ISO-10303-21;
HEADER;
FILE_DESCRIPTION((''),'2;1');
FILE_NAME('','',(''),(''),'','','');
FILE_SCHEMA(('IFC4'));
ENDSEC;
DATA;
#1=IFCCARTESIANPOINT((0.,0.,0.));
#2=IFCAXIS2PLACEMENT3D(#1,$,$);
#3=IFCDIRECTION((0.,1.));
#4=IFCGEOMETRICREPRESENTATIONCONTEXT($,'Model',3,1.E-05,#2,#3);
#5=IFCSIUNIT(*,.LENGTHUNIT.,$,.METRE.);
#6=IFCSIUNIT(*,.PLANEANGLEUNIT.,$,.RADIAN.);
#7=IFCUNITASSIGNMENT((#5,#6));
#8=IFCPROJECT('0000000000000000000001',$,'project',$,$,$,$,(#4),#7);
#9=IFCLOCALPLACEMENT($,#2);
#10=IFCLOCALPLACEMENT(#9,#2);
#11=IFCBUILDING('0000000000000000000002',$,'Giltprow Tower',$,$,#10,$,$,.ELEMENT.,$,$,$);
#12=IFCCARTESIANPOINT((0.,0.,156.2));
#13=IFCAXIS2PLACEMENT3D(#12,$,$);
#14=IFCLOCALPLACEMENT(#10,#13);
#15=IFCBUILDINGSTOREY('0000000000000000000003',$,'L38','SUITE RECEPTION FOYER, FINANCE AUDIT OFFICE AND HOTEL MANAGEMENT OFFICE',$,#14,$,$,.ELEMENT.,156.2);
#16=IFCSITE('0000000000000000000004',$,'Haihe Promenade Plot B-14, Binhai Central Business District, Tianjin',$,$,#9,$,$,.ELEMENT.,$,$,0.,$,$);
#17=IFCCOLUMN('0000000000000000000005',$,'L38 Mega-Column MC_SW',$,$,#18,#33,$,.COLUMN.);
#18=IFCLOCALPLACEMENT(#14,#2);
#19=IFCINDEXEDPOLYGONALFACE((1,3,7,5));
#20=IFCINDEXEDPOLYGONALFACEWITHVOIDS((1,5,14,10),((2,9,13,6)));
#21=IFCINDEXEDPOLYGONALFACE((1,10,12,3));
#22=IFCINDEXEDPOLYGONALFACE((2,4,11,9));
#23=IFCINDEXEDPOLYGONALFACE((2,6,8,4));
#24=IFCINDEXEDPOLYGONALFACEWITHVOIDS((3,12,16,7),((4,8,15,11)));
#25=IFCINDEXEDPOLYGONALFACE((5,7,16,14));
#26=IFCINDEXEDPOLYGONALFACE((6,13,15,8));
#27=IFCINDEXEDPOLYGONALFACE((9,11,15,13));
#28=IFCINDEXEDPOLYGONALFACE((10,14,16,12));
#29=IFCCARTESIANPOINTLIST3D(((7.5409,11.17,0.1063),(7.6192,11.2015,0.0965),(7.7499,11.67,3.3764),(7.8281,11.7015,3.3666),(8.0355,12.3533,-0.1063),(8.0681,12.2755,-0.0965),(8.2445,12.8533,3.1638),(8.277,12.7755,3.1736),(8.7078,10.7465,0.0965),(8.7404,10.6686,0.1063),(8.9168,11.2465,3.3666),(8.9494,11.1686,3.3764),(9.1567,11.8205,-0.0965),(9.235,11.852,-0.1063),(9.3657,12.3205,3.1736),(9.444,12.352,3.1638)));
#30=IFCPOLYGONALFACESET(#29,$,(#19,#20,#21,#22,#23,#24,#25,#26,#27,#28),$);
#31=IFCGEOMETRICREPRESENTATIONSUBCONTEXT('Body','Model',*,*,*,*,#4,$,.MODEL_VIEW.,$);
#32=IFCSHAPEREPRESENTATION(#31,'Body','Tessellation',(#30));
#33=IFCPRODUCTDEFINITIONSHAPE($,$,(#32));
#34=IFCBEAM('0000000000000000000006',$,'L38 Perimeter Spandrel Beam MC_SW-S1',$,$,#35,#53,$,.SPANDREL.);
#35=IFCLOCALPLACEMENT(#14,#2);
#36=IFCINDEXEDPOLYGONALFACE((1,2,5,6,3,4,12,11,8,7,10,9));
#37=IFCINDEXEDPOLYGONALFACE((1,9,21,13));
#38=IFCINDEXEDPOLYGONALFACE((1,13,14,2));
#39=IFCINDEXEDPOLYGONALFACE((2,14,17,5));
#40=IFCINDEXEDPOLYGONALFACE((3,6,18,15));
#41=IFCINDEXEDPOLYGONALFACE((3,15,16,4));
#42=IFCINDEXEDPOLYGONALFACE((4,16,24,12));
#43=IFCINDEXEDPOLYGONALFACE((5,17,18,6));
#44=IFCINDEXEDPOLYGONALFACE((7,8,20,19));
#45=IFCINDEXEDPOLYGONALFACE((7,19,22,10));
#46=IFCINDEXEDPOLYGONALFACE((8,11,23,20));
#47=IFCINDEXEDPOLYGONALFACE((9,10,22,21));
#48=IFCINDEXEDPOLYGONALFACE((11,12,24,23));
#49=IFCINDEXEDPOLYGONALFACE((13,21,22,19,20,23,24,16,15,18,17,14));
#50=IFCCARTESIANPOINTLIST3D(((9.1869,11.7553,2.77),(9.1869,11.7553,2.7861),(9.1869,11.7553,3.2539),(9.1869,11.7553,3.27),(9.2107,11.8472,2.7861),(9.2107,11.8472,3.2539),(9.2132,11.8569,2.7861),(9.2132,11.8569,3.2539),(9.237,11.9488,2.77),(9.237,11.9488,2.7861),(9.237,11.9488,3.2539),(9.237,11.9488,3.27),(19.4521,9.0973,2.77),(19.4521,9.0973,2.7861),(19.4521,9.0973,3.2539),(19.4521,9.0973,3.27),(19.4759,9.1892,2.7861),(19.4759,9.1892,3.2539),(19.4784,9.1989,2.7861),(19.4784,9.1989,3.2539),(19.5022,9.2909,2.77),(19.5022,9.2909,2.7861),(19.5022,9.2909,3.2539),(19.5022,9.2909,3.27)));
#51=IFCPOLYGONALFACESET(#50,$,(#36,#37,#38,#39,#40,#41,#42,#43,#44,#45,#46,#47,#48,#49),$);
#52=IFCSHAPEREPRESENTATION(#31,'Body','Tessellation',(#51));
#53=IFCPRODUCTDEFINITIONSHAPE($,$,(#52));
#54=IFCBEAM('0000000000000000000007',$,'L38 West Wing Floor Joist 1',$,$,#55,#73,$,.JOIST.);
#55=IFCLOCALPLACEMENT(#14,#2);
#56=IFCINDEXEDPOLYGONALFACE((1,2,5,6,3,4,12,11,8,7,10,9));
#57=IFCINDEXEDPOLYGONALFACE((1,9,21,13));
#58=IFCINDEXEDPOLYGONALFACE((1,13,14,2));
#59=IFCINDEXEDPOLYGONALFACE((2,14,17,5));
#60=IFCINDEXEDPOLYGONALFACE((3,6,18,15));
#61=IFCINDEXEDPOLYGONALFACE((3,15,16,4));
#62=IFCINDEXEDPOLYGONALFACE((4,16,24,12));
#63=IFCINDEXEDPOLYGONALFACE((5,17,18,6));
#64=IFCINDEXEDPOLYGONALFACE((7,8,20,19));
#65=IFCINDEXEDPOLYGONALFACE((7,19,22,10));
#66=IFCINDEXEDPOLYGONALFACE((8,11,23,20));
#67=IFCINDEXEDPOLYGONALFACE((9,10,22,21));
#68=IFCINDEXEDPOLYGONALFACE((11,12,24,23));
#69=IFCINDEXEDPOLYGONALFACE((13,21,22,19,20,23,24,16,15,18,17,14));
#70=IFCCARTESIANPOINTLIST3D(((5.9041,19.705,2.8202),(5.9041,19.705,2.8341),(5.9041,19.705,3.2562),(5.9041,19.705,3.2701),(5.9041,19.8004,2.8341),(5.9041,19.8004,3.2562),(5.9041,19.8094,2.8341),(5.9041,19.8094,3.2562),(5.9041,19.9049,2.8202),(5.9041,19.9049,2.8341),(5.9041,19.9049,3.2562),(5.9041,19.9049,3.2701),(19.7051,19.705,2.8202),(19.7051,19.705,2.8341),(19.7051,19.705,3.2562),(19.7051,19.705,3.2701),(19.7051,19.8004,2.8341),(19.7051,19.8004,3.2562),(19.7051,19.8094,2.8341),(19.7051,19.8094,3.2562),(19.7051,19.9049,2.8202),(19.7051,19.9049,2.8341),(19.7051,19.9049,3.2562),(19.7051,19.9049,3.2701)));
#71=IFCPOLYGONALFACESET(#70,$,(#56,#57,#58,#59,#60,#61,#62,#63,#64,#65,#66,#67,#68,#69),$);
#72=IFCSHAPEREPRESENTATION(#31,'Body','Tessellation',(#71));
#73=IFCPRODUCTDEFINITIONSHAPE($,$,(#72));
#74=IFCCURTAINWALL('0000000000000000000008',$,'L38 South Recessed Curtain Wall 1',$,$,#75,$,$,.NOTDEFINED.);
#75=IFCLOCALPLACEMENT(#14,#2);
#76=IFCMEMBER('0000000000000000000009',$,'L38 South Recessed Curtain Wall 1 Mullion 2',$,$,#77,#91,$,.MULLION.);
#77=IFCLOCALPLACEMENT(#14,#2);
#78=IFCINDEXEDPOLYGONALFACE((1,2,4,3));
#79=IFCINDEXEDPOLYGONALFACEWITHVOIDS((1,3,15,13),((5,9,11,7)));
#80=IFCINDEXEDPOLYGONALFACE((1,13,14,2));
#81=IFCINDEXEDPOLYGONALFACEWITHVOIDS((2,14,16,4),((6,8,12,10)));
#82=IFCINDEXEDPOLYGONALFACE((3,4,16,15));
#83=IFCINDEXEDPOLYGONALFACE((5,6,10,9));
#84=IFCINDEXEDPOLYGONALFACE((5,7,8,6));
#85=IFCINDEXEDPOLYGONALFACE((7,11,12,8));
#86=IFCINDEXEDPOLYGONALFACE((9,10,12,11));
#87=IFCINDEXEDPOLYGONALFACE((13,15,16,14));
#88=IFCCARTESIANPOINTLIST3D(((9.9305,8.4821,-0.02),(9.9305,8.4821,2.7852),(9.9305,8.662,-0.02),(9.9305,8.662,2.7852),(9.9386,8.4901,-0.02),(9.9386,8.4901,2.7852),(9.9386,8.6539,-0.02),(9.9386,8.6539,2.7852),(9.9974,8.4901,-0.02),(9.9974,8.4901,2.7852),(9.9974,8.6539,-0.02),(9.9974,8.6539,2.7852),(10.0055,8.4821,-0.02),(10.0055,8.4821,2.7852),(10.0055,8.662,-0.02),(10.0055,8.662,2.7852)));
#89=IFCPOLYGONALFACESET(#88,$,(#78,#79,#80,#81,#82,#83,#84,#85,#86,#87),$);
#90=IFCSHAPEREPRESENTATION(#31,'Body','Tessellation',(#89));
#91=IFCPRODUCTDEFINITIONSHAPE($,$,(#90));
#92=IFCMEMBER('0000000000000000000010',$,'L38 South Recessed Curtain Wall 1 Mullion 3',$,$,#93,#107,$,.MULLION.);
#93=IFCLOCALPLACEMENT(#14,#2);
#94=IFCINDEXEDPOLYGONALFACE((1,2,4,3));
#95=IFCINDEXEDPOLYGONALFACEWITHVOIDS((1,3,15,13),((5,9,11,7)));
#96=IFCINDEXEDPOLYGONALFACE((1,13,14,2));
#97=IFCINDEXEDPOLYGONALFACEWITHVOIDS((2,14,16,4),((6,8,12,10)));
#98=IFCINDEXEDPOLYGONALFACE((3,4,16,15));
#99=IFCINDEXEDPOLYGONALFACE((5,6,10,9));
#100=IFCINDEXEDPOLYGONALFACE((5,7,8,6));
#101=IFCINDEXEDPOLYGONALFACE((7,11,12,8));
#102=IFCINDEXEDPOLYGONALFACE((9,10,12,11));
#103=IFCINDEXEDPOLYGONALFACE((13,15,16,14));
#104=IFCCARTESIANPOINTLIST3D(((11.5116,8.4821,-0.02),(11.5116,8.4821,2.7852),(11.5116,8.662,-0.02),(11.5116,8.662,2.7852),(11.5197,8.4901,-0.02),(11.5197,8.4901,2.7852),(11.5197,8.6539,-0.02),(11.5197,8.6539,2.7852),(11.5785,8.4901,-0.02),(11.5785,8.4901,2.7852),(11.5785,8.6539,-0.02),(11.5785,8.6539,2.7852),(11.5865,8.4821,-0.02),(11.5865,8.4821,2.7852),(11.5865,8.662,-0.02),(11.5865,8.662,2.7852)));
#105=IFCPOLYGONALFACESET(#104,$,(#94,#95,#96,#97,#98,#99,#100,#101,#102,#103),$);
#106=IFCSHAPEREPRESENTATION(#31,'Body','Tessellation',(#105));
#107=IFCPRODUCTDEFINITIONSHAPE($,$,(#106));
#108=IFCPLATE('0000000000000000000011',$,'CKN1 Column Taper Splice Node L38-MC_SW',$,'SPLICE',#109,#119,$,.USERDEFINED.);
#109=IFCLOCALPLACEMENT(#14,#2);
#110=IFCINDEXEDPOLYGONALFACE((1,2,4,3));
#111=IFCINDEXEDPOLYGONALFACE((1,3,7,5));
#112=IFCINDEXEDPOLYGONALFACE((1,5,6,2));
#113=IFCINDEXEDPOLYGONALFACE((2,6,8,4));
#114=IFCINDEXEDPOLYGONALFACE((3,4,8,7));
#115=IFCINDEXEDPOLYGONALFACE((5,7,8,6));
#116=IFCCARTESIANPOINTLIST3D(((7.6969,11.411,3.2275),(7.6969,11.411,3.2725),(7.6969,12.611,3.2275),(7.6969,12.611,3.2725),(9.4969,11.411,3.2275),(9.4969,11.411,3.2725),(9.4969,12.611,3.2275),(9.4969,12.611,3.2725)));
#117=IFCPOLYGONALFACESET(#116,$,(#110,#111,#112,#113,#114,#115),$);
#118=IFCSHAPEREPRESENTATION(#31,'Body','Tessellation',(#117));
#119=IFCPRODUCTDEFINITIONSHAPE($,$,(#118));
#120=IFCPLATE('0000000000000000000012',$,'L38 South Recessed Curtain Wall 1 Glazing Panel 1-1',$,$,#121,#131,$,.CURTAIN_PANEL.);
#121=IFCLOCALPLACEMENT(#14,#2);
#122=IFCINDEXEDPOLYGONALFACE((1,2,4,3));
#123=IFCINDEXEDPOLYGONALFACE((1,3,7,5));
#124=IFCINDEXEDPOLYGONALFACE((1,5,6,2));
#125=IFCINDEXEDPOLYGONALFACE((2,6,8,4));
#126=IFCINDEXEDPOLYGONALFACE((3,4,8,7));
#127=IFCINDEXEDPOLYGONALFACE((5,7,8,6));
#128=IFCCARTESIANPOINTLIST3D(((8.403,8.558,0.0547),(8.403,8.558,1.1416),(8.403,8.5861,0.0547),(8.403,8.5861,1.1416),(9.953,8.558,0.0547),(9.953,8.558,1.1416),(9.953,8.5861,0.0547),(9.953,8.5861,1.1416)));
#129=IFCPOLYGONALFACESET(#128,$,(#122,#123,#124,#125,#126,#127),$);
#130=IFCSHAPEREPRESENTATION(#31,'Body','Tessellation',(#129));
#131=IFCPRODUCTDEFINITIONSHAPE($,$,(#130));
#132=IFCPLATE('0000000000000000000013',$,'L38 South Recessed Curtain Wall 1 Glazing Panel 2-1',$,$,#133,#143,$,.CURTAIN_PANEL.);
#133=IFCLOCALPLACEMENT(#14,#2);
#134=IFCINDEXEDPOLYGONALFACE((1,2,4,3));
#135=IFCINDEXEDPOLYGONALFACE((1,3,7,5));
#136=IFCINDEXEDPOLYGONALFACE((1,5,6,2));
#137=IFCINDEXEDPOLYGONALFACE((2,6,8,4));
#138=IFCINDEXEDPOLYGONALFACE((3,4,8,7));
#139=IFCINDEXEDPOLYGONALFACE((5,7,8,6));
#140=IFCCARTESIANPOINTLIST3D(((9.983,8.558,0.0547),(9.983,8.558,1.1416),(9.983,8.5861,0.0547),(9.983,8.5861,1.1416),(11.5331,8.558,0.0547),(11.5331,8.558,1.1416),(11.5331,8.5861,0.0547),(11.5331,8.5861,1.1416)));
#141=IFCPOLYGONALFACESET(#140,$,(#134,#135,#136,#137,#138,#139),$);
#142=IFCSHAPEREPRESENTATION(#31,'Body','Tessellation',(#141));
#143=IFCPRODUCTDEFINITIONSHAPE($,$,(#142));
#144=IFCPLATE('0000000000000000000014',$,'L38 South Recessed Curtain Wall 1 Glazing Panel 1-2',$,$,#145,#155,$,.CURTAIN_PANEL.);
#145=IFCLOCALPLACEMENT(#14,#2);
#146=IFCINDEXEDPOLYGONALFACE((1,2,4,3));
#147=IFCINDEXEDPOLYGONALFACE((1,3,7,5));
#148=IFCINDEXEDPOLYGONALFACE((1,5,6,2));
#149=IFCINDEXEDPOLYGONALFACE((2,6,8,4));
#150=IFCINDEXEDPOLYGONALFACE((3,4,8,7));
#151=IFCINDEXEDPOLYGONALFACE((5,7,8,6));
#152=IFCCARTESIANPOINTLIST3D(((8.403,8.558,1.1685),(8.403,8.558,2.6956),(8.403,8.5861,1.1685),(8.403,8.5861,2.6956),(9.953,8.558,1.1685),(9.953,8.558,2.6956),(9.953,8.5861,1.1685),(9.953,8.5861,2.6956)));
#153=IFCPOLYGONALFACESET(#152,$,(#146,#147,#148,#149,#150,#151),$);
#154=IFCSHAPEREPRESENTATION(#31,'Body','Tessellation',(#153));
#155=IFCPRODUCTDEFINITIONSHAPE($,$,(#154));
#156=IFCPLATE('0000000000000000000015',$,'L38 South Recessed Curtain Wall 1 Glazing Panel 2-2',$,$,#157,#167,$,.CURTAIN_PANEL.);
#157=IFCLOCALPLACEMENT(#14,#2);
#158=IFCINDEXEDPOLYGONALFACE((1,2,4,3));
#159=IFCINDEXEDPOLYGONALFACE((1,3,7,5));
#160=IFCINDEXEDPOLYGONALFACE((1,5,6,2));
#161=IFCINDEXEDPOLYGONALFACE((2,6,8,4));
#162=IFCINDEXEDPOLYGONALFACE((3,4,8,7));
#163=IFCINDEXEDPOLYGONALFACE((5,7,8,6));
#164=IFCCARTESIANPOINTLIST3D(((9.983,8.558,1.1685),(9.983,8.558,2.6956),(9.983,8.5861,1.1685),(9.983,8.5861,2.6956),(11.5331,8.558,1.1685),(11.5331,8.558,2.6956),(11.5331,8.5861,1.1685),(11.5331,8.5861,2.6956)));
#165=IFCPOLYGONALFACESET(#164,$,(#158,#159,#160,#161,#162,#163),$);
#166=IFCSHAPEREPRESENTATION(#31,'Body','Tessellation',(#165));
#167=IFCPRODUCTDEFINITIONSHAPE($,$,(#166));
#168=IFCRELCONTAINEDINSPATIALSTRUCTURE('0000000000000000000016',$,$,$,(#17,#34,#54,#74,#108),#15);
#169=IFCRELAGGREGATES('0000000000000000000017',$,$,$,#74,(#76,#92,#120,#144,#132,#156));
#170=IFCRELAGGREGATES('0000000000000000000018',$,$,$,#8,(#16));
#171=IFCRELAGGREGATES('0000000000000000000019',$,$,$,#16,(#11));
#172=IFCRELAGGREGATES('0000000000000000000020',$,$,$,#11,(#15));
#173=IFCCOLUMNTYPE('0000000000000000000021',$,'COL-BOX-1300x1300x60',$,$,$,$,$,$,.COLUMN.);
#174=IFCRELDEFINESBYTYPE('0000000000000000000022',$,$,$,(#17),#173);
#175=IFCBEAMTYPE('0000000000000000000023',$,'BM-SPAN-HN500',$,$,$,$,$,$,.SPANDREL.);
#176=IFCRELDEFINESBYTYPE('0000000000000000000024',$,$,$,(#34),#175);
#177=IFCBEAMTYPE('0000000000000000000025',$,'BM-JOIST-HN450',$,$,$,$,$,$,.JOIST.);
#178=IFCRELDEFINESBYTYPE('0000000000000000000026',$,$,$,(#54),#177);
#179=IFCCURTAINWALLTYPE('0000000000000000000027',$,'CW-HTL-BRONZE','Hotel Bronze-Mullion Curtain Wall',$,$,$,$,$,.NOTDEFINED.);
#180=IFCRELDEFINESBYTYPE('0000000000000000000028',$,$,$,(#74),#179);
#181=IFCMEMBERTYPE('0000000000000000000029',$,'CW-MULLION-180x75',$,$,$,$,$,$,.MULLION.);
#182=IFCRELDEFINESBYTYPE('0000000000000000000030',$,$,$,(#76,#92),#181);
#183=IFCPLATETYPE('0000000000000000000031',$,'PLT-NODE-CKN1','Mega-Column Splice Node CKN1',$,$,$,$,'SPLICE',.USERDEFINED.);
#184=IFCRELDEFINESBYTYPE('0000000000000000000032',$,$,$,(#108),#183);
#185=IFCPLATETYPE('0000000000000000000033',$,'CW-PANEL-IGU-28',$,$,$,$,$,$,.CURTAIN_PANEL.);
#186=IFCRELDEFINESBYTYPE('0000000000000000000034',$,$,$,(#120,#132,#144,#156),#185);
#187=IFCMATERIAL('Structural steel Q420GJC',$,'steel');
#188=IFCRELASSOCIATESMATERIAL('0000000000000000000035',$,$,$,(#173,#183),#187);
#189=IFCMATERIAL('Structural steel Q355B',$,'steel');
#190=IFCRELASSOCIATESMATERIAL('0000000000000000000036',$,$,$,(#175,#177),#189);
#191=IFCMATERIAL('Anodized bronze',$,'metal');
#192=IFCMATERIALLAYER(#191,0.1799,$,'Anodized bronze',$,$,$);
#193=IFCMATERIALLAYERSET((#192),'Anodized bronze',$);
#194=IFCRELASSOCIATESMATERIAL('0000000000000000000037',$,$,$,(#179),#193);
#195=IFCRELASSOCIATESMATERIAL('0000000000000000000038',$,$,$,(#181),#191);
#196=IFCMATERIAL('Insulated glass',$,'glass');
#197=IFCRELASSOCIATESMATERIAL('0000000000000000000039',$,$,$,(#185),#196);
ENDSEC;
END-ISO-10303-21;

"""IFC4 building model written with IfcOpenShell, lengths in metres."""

from ifc_helpers import new_model, si_unit, direction, frame, origin, origin_2d, place, context, subcontext, project, spatial, rectangle, hollow_rectangle, i_section, extrude, source, transform, mapped, material, layer, layer_set, material_profile, profile_set, type_object, element, aggregate, save


model = new_model("IFC4")

# Units and contexts
model_context = context("Model", 3, precision=1e-05, world=origin(), true_north=direction((0.0, 1.0)))
body_context = subcontext(model_context, "Body", "Model", "MODEL_VIEW")
ifc_project = project(units=[si_unit("LENGTHUNIT", "METRE"), si_unit("PLANEANGLEUNIT", "RADIAN")], contexts=[model_context])

# Site, building, storey
site_placement = place(None, origin())
site = spatial("IfcSite", under=ifc_project, at=site_placement, Name="Haihe Promenade Plot B-14, Binhai Central Business District, Tianjin", CompositionType="ELEMENT", RefElevation=0.0)
building_placement = place(site_placement, origin())
building = spatial("IfcBuilding", under=site, at=building_placement, Name="Giltprow Tower", CompositionType="ELEMENT")
storey_placement = place(building_placement, frame((0.0, 0.0, 156.2)))
storey = spatial("IfcBuildingStorey", under=building, at=storey_placement, Name="L38", Description="SUITE RECEPTION FOYER, FINANCE AUDIT OFFICE AND HOTEL MANAGEMENT OFFICE", CompositionType="ELEMENT", Elevation=156.2)

# Column
ifc_material_1 = material(Name="Structural steel Q420GJC", Category="steel")
ifc_material_profile_1 = material_profile(ifc_material_1, hollow_rectangle(XDim=1.3, YDim=1.3, WallThickness=0.0601, at=origin_2d()), Name="BOX 1300x1300x60")
ifc_profile_set_1 = profile_set([ifc_material_profile_1], Name="Structural steel Q420GJC")
column_type = type_object("IfcColumnType", Name="COL-BOX-1300x1300x60", PredefinedType="COLUMN", material=ifc_profile_set_1)
shared_shape_1 = source(origin(), body_context, "Body", "SweptSolid", [
    extrude(hollow_rectangle(XDim=1.3, YDim=1.3, WallThickness=0.0601, at=origin_2d()), origin(), (0.0, 0.0, 1.0), 3.3147),
])
column_placement = place(storey_placement, frame((8.3879, 11.511, 0.0), z_axis=(0.063049, 0.150847, 0.986544), x_axis=(-0.92265, 0.385639, 0.0)))
element("IfcColumn", 1, at=column_placement, inside=storey, type_object=column_type, Name="L38 Mega-Column MC_SW", PredefinedType="COLUMN", context=body_context, shape_type="MappedRepresentation", body=[
    mapped(shared_shape_1, transform((0.0, 0.0, 0.0), x_axis=(1.0, 0.0, 0.0), y_axis=(0.0, 1.0, 0.0), z_axis=(0.0, 0.0, 1.0), scale=1.0)),
])

# Beams
ifc_material_2 = material(Name="Structural steel Q355B", Category="steel")
ifc_material_profile_2 = material_profile(ifc_material_2, i_section(OverallWidth=0.2, OverallDepth=0.5, WebThickness=0.01, FlangeThickness=0.0161, at=origin_2d()), Name="HN 500x200x10x16")
ifc_profile_set_2 = profile_set([ifc_material_profile_2], Name="Structural steel Q355B")
beam_type_1 = type_object("IfcBeamType", Name="BM-SPAN-HN500", PredefinedType="SPANDREL", material=ifc_profile_set_2)
shared_shape_2 = source(origin(), body_context, "Body", "SweptSolid", [
    extrude(i_section(OverallWidth=0.2, OverallDepth=0.5, WebThickness=0.01, FlangeThickness=0.0161, at=origin_2d()), origin(), (0.0, 0.0, 1.0), 10.6038),
])
beam_1_placement = place(storey_placement, frame((9.2119, 11.8521, 3.02), z_axis=(0.968074, -0.250664, 0.0), x_axis=(0.250664, 0.968074, 0.0)))
element("IfcBeam", 2, at=beam_1_placement, inside=storey, type_object=beam_type_1, Name="L38 Perimeter Spandrel Beam MC_SW-S1", PredefinedType="SPANDREL", context=body_context, shape_type="MappedRepresentation", body=[
    mapped(shared_shape_2, transform((0.0, 0.0, 0.0), x_axis=(1.0, 0.0, 0.0), y_axis=(0.0, 1.0, 0.0), z_axis=(0.0, 0.0, 1.0), scale=1.0)),
])
ifc_material_profile_3 = material_profile(ifc_material_2, i_section(OverallWidth=0.2, OverallDepth=0.45, WebThickness=0.009, FlangeThickness=0.0139, at=origin_2d()), Name="HN 450x200x9x14")
ifc_profile_set_3 = profile_set([ifc_material_profile_3], Name="Structural steel Q355B")
beam_type_2 = type_object("IfcBeamType", Name="BM-JOIST-HN450", PredefinedType="JOIST", material=ifc_profile_set_3)
shared_shape_3 = source(origin(), body_context, "Body", "SweptSolid", [
    extrude(i_section(OverallWidth=0.2, OverallDepth=0.45, WebThickness=0.009, FlangeThickness=0.0139, at=origin_2d()), origin(), (0.0, 0.0, 1.0), 13.801),
])
beam_2_placement = place(storey_placement, frame((5.9041, 19.8049, 3.0452), z_axis=(1.0, 0.0, 0.0), x_axis=(0.0, 1.0, 0.0)))
element("IfcBeam", 3, at=beam_2_placement, inside=storey, type_object=beam_type_2, Name="L38 West Wing Floor Joist 1", PredefinedType="JOIST", context=body_context, shape_type="MappedRepresentation", body=[
    mapped(shared_shape_3, transform((0.0, 0.0, 0.0), x_axis=(1.0, 0.0, 0.0), y_axis=(0.0, 1.0, 0.0), z_axis=(0.0, 0.0, 1.0), scale=1.0)),
])

# Curtain wall, members
ifc_material_3 = material(Name="Anodized bronze", Category="metal")
ifc_layer_1 = layer(ifc_material_3, 0.1799, Name="Anodized bronze")
ifc_layer_set_1 = layer_set([ifc_layer_1], Name="Anodized bronze")
curtain_wall_type = type_object("IfcCurtainWallType", Name="CW-HTL-BRONZE", Description="Hotel Bronze-Mullion Curtain Wall", PredefinedType="NOTDEFINED", material=ifc_layer_set_1)
curtain_wall_placement = place(storey_placement, origin())
curtain_wall = element("IfcCurtainWall", 4, at=curtain_wall_placement, inside=storey, type_object=curtain_wall_type, Name="L38 South Recessed Curtain Wall 1", PredefinedType="NOTDEFINED")
ifc_material_profile_4 = material_profile(ifc_material_3, hollow_rectangle(XDim=0.075, YDim=0.1799, WallThickness=0.0081, at=origin_2d()), Name="RHS 180x75x8")
ifc_profile_set_4 = profile_set([ifc_material_profile_4], Name="Anodized bronze")
member_type = type_object("IfcMemberType", Name="CW-MULLION-180x75", PredefinedType="MULLION", material=ifc_profile_set_4)
shared_shape_4 = source(origin(), body_context, "Body", "SweptSolid", [
    extrude(hollow_rectangle(XDim=0.075, YDim=0.1799, WallThickness=0.0081, at=origin_2d()), origin(), (0.0, 0.0, 1.0), 2.8052),
])
member_1_placement = place(storey_placement, frame((9.968, 8.572, -0.02), z_axis=(0.0, 0.0, 1.0), x_axis=(1.0, 0.0, 0.0)))
member_1 = element("IfcMember", 5, at=member_1_placement, type_object=member_type, Name="L38 South Recessed Curtain Wall 1 Mullion 2", PredefinedType="MULLION", context=body_context, shape_type="MappedRepresentation", body=[
    mapped(shared_shape_4, transform((0.0, 0.0, 0.0), x_axis=(1.0, 0.0, 0.0), y_axis=(0.0, 1.0, 0.0), z_axis=(0.0, 0.0, 1.0), scale=1.0)),
])
member_2_placement = place(storey_placement, frame((11.5491, 8.572, -0.02), z_axis=(0.0, 0.0, 1.0), x_axis=(1.0, 0.0, 0.0)))
member_2 = element("IfcMember", 6, at=member_2_placement, type_object=member_type, Name="L38 South Recessed Curtain Wall 1 Mullion 3", PredefinedType="MULLION", context=body_context, shape_type="MappedRepresentation", body=[
    mapped(shared_shape_4, transform((0.0, 0.0, 0.0), x_axis=(1.0, 0.0, 0.0), y_axis=(0.0, 1.0, 0.0), z_axis=(0.0, 0.0, 1.0), scale=1.0)),
])

# Plates
plate_type_1 = type_object("IfcPlateType", Name="PLT-NODE-CKN1", Description="Mega-Column Splice Node CKN1", ElementType="SPLICE", PredefinedType="USERDEFINED", material=ifc_material_1)
shared_shape_5 = source(origin(), body_context, "Body", "SweptSolid", [
    extrude(rectangle(XDim=1.8, YDim=1.2, at=origin_2d()), origin(), (0.0, 0.0, 1.0), 0.0449),
])
plate_1_placement = place(storey_placement, frame((8.5969, 12.011, 3.2275), z_axis=(0.0, 0.0, 1.0), x_axis=(1.0, 0.0, 0.0)))
element("IfcPlate", 7, at=plate_1_placement, inside=storey, type_object=plate_type_1, Name="CKN1 Column Taper Splice Node L38-MC_SW", ObjectType="SPLICE", PredefinedType="USERDEFINED", context=body_context, shape_type="MappedRepresentation", body=[
    mapped(shared_shape_5, transform((0.0, 0.0, 0.0), x_axis=(1.0, 0.0, 0.0), y_axis=(0.0, 1.0, 0.0), z_axis=(0.0, 0.0, 1.0), scale=1.0)),
])
ifc_material_4 = material(Name="Insulated glass", Category="glass")
plate_type_2 = type_object("IfcPlateType", Name="CW-PANEL-IGU-28", PredefinedType="CURTAIN_PANEL", material=ifc_material_4)
shared_shape_6 = source(origin(), body_context, "Body", "SweptSolid", [
    extrude(rectangle(XDim=1.55, YDim=0.0281, at=origin_2d()), origin(), (0.0, 0.0, 1.0), 1.0869),
])
plate_2_placement = place(storey_placement, frame((9.178, 8.572, 0.0547), z_axis=(0.0, 0.0, 1.0), x_axis=(1.0, 0.0, 0.0)))
plate_2 = element("IfcPlate", 8, at=plate_2_placement, type_object=plate_type_2, Name="L38 South Recessed Curtain Wall 1 Glazing Panel 1-1", PredefinedType="CURTAIN_PANEL", context=body_context, shape_type="MappedRepresentation", body=[
    mapped(shared_shape_6, transform((0.0, 0.0, 0.0), x_axis=(1.0, 0.0, 0.0), y_axis=(0.0, 1.0, 0.0), z_axis=(0.0, 0.0, 1.0), scale=1.0)),
])
plate_3_placement = place(storey_placement, frame((10.7581, 8.572, 0.0547), z_axis=(0.0, 0.0, 1.0), x_axis=(1.0, 0.0, 0.0)))
plate_3 = element("IfcPlate", 9, at=plate_3_placement, type_object=plate_type_2, Name="L38 South Recessed Curtain Wall 1 Glazing Panel 2-1", PredefinedType="CURTAIN_PANEL", context=body_context, shape_type="MappedRepresentation", body=[
    mapped(shared_shape_6, transform((0.0, 0.0, 0.0), x_axis=(1.0, 0.0, 0.0), y_axis=(0.0, 1.0, 0.0), z_axis=(0.0, 0.0, 1.0), scale=1.0)),
])
shared_shape_7 = source(origin(), body_context, "Body", "SweptSolid", [
    extrude(rectangle(XDim=1.55, YDim=0.0281, at=origin_2d()), origin(), (0.0, 0.0, 1.0), 1.5271),
])
plate_4_placement = place(storey_placement, frame((9.178, 8.572, 1.1685), z_axis=(0.0, 0.0, 1.0), x_axis=(1.0, 0.0, 0.0)))
plate_4 = element("IfcPlate", 10, at=plate_4_placement, type_object=plate_type_2, Name="L38 South Recessed Curtain Wall 1 Glazing Panel 1-2", PredefinedType="CURTAIN_PANEL", context=body_context, shape_type="MappedRepresentation", body=[
    mapped(shared_shape_7, transform((0.0, 0.0, 0.0), x_axis=(1.0, 0.0, 0.0), y_axis=(0.0, 1.0, 0.0), z_axis=(0.0, 0.0, 1.0), scale=1.0)),
])
plate_5_placement = place(storey_placement, frame((10.7581, 8.572, 1.1685), z_axis=(0.0, 0.0, 1.0), x_axis=(1.0, 0.0, 0.0)))
plate_5 = element("IfcPlate", 11, at=plate_5_placement, type_object=plate_type_2, Name="L38 South Recessed Curtain Wall 1 Glazing Panel 2-2", PredefinedType="CURTAIN_PANEL", context=body_context, shape_type="MappedRepresentation", body=[
    mapped(shared_shape_7, transform((0.0, 0.0, 0.0), x_axis=(1.0, 0.0, 0.0), y_axis=(0.0, 1.0, 0.0), z_axis=(0.0, 0.0, 1.0), scale=1.0)),
])
aggregate(curtain_wall, [member_1, member_2, plate_2, plate_4, plate_3, plate_5])

save(model, "model.ifc")
